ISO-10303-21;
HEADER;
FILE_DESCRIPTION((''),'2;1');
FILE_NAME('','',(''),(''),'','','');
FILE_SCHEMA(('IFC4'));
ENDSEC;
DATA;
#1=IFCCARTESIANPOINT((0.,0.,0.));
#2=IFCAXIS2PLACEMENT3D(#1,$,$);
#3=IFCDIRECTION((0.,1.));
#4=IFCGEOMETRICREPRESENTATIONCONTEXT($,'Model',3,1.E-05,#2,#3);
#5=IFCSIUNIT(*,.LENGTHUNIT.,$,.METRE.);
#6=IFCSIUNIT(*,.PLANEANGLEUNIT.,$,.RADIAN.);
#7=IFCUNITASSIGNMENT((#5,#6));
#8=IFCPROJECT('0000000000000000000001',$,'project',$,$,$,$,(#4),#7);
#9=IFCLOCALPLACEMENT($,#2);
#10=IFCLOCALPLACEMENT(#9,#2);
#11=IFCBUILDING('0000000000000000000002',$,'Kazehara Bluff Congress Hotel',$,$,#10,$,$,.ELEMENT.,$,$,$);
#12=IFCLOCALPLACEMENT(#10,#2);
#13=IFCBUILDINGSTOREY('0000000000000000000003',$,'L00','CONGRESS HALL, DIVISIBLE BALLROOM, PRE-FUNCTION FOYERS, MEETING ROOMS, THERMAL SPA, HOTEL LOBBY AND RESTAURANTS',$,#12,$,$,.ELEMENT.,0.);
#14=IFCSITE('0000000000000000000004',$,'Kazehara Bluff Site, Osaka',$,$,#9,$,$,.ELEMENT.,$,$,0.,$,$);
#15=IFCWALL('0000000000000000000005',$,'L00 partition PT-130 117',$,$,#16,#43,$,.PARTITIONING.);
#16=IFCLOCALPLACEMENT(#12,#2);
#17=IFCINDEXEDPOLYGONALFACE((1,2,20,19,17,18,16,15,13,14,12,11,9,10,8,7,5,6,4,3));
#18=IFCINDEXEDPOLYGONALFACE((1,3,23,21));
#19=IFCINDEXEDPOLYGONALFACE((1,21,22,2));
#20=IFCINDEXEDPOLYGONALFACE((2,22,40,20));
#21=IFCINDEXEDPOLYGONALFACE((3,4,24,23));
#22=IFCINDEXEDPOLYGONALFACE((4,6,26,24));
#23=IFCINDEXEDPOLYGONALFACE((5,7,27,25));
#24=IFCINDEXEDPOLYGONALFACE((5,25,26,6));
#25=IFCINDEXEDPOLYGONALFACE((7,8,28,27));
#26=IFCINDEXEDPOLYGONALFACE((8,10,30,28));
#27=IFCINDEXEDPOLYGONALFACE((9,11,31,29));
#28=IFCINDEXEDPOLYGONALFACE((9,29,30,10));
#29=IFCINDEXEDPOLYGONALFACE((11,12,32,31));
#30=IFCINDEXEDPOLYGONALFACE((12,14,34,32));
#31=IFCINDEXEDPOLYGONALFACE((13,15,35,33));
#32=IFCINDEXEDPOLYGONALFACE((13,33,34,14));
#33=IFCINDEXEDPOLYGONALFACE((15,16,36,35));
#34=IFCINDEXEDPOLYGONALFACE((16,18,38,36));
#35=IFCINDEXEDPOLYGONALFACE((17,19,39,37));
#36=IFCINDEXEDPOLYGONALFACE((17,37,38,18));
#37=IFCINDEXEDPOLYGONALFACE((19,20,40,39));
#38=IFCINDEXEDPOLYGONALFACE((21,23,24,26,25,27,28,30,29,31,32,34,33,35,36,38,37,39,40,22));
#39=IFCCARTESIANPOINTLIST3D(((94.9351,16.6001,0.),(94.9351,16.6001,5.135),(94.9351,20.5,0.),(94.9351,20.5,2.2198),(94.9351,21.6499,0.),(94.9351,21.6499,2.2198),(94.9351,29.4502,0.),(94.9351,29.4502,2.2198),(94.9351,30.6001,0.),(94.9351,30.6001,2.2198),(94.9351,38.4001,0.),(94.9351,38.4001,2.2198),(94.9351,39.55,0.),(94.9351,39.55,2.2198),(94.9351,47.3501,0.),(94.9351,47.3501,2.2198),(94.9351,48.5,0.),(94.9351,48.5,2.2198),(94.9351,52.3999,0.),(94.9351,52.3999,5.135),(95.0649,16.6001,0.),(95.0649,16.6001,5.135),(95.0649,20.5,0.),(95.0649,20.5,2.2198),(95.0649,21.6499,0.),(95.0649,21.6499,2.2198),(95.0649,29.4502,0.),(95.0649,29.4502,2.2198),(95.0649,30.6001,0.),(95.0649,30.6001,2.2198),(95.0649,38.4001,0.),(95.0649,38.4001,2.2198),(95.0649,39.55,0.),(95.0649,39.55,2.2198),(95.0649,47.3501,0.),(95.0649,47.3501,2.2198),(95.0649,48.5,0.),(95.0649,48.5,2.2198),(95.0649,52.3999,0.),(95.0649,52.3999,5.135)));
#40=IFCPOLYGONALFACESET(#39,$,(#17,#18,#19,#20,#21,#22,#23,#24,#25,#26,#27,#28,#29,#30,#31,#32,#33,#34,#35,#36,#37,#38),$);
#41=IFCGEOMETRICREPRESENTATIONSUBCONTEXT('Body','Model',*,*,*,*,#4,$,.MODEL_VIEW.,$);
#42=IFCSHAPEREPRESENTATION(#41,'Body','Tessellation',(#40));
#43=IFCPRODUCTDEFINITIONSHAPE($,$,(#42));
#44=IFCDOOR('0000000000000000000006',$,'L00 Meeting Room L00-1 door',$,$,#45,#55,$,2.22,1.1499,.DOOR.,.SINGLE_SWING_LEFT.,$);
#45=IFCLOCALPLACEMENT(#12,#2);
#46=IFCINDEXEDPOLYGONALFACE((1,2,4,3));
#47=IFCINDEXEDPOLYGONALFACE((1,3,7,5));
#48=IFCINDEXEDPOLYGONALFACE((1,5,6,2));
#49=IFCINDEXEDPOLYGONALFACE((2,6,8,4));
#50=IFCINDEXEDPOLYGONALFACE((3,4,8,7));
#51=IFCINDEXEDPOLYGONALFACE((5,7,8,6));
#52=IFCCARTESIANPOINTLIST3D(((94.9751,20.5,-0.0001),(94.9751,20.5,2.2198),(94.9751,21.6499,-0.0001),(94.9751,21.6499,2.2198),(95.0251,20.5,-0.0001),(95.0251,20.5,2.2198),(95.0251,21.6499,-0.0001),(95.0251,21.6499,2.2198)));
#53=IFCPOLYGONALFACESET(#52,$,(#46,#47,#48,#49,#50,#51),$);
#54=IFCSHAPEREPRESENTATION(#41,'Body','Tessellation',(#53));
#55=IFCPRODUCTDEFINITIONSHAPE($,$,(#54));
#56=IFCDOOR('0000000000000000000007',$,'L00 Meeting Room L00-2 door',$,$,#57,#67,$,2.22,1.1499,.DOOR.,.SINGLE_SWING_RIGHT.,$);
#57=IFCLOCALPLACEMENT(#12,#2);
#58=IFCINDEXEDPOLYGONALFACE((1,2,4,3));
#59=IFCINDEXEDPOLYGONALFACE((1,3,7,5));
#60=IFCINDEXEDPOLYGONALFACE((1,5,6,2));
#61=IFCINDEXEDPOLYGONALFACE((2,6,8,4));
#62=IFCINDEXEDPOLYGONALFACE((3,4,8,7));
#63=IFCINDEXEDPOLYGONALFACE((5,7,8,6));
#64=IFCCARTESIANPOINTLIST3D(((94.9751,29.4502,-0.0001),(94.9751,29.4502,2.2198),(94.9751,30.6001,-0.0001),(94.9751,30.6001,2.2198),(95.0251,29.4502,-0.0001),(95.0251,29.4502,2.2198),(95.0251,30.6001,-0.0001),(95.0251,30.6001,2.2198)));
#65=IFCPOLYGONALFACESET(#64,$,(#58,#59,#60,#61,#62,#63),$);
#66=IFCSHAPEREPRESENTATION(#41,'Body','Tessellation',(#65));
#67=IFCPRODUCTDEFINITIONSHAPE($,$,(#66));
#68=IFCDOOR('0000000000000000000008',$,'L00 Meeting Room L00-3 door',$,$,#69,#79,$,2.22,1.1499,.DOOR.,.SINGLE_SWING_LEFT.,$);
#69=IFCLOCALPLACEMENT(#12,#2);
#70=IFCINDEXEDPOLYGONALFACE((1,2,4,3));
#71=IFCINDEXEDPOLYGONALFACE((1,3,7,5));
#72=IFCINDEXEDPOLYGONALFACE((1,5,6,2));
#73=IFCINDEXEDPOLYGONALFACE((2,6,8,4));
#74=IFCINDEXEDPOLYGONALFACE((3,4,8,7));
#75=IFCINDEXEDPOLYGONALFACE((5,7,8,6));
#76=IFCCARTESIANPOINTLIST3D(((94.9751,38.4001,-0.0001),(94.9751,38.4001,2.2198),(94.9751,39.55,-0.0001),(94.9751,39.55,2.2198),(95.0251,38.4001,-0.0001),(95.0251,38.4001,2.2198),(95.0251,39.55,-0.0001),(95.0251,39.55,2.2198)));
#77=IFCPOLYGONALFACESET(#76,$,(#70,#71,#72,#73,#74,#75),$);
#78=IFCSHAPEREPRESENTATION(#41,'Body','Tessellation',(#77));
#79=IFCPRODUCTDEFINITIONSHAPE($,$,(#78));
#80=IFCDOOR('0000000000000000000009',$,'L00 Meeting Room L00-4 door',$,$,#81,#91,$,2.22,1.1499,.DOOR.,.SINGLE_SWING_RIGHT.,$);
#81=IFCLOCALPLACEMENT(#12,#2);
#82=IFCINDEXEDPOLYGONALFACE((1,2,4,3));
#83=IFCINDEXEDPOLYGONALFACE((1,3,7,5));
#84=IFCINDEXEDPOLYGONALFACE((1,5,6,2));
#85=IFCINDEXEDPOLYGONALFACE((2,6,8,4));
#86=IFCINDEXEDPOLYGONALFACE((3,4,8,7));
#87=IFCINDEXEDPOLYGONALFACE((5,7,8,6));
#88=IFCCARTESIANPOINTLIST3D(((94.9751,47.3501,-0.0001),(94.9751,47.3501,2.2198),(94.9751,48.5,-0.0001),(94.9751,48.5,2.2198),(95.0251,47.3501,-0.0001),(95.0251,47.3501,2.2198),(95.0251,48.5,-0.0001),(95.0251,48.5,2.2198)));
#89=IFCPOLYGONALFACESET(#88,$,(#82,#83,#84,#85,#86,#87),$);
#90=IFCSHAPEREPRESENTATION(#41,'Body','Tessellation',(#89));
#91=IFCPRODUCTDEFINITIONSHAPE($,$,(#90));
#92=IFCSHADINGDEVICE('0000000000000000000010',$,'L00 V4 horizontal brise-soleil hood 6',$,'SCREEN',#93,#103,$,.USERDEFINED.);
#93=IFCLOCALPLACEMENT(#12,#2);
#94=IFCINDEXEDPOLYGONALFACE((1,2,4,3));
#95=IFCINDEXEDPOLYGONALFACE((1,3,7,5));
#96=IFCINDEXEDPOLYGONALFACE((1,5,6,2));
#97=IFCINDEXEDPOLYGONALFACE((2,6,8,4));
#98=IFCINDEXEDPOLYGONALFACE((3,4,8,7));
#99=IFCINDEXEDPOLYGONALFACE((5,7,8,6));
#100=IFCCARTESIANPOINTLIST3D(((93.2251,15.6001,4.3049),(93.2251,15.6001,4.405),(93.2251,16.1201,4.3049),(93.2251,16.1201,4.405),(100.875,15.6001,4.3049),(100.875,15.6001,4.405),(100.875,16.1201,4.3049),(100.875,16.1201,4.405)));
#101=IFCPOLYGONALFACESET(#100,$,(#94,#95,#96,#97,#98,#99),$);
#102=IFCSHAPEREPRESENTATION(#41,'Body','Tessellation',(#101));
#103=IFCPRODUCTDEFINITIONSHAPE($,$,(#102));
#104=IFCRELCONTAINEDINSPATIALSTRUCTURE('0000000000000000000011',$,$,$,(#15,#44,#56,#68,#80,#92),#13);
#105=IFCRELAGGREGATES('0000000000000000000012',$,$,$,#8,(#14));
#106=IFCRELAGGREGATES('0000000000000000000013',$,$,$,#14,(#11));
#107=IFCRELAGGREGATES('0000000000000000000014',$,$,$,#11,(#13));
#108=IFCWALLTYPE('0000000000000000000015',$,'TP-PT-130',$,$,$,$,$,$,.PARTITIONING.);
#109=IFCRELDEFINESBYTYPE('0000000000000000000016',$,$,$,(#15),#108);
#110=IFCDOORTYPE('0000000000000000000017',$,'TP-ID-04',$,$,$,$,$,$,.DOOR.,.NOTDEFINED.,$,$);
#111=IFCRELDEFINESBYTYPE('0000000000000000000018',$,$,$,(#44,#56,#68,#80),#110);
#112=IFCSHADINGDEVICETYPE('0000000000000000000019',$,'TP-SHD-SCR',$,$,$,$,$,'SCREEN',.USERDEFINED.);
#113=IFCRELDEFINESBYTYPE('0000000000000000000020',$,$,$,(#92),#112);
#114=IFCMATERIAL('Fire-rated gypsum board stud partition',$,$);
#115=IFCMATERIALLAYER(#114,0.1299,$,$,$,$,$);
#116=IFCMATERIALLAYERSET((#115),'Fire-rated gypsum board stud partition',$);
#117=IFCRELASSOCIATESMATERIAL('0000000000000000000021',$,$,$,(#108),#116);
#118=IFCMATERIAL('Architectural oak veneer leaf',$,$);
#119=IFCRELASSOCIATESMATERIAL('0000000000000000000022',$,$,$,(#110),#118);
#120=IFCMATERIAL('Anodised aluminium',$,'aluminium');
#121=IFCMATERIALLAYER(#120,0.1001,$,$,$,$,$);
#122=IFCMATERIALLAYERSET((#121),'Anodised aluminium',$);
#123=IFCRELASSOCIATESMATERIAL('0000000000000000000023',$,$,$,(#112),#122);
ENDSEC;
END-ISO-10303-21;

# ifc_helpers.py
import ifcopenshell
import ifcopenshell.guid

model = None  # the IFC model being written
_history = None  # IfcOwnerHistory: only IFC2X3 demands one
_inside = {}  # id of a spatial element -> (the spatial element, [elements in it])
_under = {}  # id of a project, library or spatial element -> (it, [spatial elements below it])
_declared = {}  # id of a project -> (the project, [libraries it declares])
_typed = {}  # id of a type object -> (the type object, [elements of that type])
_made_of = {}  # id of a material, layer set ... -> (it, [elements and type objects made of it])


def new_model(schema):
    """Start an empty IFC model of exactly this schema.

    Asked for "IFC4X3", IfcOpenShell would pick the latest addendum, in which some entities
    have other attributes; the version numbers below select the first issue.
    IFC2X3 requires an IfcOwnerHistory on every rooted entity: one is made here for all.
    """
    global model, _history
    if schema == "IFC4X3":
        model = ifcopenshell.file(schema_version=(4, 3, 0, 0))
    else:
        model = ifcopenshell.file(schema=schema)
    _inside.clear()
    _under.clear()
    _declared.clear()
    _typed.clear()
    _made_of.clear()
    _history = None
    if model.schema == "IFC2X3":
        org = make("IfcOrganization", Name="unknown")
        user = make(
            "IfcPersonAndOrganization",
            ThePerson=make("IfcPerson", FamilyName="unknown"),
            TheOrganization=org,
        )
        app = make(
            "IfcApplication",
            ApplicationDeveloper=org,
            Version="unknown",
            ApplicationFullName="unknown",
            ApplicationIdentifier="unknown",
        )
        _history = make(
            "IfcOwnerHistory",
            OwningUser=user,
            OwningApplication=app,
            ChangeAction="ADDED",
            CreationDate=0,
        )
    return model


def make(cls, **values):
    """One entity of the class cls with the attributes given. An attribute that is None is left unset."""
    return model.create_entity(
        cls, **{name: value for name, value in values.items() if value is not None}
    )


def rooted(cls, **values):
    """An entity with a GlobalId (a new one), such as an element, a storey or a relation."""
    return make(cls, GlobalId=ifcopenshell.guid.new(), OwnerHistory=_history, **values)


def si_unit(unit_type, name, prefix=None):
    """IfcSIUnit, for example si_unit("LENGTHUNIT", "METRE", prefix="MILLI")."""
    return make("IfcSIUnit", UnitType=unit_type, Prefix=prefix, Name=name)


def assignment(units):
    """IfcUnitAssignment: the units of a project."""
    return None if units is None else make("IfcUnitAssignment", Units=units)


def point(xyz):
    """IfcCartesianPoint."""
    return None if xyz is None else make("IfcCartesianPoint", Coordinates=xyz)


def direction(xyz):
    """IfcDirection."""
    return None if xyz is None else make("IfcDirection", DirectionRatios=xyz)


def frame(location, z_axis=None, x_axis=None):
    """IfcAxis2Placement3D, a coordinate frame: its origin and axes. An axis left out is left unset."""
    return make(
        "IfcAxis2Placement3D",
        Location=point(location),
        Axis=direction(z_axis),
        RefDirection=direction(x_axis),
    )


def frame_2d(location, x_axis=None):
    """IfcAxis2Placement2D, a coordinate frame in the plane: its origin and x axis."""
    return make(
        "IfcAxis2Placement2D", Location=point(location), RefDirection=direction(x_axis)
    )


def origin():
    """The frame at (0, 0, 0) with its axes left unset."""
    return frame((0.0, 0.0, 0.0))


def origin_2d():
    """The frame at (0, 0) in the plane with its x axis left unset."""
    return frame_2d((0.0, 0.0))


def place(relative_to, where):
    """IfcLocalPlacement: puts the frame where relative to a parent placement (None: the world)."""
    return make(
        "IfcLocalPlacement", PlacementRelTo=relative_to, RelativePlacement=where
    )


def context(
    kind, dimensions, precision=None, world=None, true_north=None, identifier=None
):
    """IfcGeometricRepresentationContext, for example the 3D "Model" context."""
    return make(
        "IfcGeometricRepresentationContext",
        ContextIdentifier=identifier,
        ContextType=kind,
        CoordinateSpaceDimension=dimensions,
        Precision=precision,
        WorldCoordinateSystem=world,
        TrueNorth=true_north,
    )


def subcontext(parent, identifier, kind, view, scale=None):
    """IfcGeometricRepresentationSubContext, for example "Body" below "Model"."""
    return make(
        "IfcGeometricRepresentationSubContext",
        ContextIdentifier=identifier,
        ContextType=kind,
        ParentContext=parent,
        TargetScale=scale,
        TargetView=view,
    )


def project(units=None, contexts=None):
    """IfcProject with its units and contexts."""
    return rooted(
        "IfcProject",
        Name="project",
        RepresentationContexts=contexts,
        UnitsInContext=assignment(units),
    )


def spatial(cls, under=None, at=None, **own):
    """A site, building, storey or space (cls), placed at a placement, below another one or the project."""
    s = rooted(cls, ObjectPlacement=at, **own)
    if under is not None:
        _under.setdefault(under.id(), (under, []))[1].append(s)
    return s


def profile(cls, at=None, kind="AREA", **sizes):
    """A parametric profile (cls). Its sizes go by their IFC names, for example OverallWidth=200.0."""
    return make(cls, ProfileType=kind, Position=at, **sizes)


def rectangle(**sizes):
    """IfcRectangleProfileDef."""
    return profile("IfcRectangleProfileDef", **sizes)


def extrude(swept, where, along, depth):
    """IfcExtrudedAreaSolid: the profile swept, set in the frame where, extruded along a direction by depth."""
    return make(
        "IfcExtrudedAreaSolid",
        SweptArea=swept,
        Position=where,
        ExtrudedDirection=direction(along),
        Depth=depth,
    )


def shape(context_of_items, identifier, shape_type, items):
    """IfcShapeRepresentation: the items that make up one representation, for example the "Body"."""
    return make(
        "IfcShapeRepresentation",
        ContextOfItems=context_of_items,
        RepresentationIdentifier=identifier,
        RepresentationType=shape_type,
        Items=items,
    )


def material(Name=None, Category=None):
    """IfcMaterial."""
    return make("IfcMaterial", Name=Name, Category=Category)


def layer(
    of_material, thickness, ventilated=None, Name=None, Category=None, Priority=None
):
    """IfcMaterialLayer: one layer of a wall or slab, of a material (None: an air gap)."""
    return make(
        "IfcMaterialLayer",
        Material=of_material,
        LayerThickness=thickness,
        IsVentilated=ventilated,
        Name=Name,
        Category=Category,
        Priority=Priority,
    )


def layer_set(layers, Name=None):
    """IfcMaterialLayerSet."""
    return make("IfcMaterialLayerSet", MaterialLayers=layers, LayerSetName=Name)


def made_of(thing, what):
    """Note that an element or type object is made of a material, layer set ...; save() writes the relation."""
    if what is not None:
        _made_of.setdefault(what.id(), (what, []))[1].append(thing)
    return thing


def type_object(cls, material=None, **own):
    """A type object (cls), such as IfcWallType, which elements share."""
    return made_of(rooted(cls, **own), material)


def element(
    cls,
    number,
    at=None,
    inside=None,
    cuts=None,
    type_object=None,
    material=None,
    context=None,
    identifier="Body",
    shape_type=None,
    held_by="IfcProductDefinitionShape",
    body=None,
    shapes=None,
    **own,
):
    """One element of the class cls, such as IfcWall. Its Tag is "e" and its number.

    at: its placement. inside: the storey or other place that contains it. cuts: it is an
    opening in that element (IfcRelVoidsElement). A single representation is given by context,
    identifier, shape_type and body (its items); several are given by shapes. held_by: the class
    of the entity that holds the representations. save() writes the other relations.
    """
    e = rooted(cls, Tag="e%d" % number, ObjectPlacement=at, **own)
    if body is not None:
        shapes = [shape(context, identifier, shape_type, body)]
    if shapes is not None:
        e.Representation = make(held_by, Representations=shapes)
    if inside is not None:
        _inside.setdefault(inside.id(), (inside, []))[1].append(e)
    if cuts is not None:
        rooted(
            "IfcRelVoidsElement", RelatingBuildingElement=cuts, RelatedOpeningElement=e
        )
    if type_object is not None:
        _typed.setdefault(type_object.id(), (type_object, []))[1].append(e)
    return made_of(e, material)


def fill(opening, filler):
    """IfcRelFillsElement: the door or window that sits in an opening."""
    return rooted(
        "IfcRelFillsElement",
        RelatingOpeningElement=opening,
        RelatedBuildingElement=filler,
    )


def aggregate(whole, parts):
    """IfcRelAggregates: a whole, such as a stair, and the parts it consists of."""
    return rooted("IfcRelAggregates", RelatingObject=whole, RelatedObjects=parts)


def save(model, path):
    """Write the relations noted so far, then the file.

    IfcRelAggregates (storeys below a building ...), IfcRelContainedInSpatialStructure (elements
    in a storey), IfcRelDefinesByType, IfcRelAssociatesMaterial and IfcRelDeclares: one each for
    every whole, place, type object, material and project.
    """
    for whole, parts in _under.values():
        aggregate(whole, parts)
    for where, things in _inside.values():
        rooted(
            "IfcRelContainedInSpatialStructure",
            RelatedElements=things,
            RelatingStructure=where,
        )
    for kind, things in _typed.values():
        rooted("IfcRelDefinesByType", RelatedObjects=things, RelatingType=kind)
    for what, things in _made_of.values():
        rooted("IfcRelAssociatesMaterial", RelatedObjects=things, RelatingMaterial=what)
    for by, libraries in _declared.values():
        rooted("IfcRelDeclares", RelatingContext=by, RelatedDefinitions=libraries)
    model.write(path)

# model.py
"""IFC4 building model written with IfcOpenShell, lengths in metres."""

from ifc_helpers import new_model, si_unit, direction, frame, frame_2d, origin, origin_2d, place, context, subcontext, project, spatial, rectangle, extrude, material, layer, layer_set, type_object, element, fill, save


model = new_model("IFC4")

# Units and contexts
model_context = context("Model", 3, precision=1e-05, world=origin(), true_north=direction((0.0, 1.0)))
body_context = subcontext(model_context, "Body", "Model", "MODEL_VIEW")
ifc_project = project(units=[si_unit("LENGTHUNIT", "METRE"), si_unit("PLANEANGLEUNIT", "RADIAN")], contexts=[model_context])

# Site, building, storey
site_placement = place(None, origin())
site = spatial("IfcSite", under=ifc_project, at=site_placement, Name="Kazehara Bluff Site, Osaka", CompositionType="ELEMENT", RefElevation=0.0)
building_placement = place(site_placement, origin())
building = spatial("IfcBuilding", under=site, at=building_placement, Name="Kazehara Bluff Congress Hotel", CompositionType="ELEMENT")
storey_placement = place(building_placement, origin())
storey = spatial("IfcBuildingStorey", under=building, at=storey_placement, Name="L00", Description="CONGRESS HALL, DIVISIBLE BALLROOM, PRE-FUNCTION FOYERS, MEETING ROOMS, THERMAL SPA, HOTEL LOBBY AND RESTAURANTS", CompositionType="ELEMENT", Elevation=0.0)

# Shared definitions
ifc_material_1 = material(Name="Fire-rated gypsum board stud partition")
ifc_layer_1 = layer(ifc_material_1, 0.1299)
ifc_layer_set_1 = layer_set([ifc_layer_1], Name="Fire-rated gypsum board stud partition")
wall_type_1 = type_object("IfcWallType", Name="TP-PT-130", PredefinedType="PARTITIONING", material=ifc_layer_set_1)

# Wall, openings, doors
wall_1_placement = place(storey_placement, frame((95.0, 16.6001, 0.0), z_axis=(0.0, 0.0, 1.0), x_axis=(0.0, 1.0, 0.0)))
wall_1 = element("IfcWall", 1, at=wall_1_placement, inside=storey, type_object=wall_type_1, Name="L00 partition PT-130 117", PredefinedType="PARTITIONING", context=body_context, shape_type="SweptSolid", body=[
    extrude(rectangle(XDim=35.7998, YDim=0.1299, at=frame_2d((17.8999, 0.0))), origin(), (0.0, 0.0, 1.0), 5.135),
])
opening_1_placement = place(wall_1_placement, frame((3.8999, 0.0, 0.0)))
opening_1 = element("IfcOpeningElement", 2, at=opening_1_placement, cuts=wall_1, PredefinedType="OPENING", context=body_context, shape_type="SweptSolid", body=[
    extrude(rectangle(XDim=1.1499, YDim=2.22, at=frame_2d((0.575, 1.1099))), frame((0.0, 0.075, 0.0), z_axis=(0.0, -1.0, 0.0), x_axis=(1.0, 0.0, 0.0)), (0.0, 0.0, 1.0), 0.1499),
])
opening_2_placement = place(wall_1_placement, frame((12.8501, 0.0, 0.0)))
opening_2 = element("IfcOpeningElement", 3, at=opening_2_placement, cuts=wall_1, PredefinedType="OPENING", context=body_context, shape_type="SweptSolid", body=[
    extrude(rectangle(XDim=1.1499, YDim=2.22, at=frame_2d((0.575, 1.1099))), frame((0.0, 0.075, 0.0), z_axis=(0.0, -1.0, 0.0), x_axis=(1.0, 0.0, 0.0)), (0.0, 0.0, 1.0), 0.1499),
])
opening_3_placement = place(wall_1_placement, frame((21.8, 0.0, 0.0)))
opening_3 = element("IfcOpeningElement", 4, at=opening_3_placement, cuts=wall_1, PredefinedType="OPENING", context=body_context, shape_type="SweptSolid", body=[
    extrude(rectangle(XDim=1.1499, YDim=2.22, at=frame_2d((0.575, 1.1099))), frame((0.0, 0.075, 0.0), z_axis=(0.0, -1.0, 0.0), x_axis=(1.0, 0.0, 0.0)), (0.0, 0.0, 1.0), 0.1499),
])
opening_4_placement = place(wall_1_placement, frame((30.75, 0.0, 0.0)))
opening_4 = element("IfcOpeningElement", 5, at=opening_4_placement, cuts=wall_1, PredefinedType="OPENING", context=body_context, shape_type="SweptSolid", body=[
    extrude(rectangle(XDim=1.1499, YDim=2.22, at=frame_2d((0.575, 1.1099))), frame((0.0, 0.075, 0.0), z_axis=(0.0, -1.0, 0.0), x_axis=(1.0, 0.0, 0.0)), (0.0, 0.0, 1.0), 0.1499),
])
ifc_material_2 = material(Name="Architectural oak veneer leaf")
door_type_1 = type_object("IfcDoorType", Name="TP-ID-04", OperationType="NOTDEFINED", PredefinedType="DOOR", material=ifc_material_2)
door_1_placement = place(opening_1_placement, origin())
door_1 = element("IfcDoor", 6, at=door_1_placement, inside=storey, type_object=door_type_1, Name="L00 Meeting Room L00-1 door", OperationType="SINGLE_SWING_LEFT", OverallHeight=2.22, OverallWidth=1.1499, PredefinedType="DOOR", context=body_context, shape_type="SweptSolid", body=[
    extrude(rectangle(XDim=1.1499, YDim=2.22, at=frame_2d((0.575, 1.1099))), frame((0.0, 0.0249, 0.0), z_axis=(0.0, -1.0, 0.0), x_axis=(1.0, 0.0, 0.0)), (0.0, 0.0, 1.0), 0.05),
])
fill(opening_1, door_1)
door_2_placement = place(opening_2_placement, origin())
door_2 = element("IfcDoor", 7, at=door_2_placement, inside=storey, type_object=door_type_1, Name="L00 Meeting Room L00-2 door", OperationType="SINGLE_SWING_RIGHT", OverallHeight=2.22, OverallWidth=1.1499, PredefinedType="DOOR", context=body_context, shape_type="SweptSolid", body=[
    extrude(rectangle(XDim=1.1499, YDim=2.22, at=frame_2d((0.575, 1.1099))), frame((0.0, 0.0249, 0.0), z_axis=(0.0, -1.0, 0.0), x_axis=(1.0, 0.0, 0.0)), (0.0, 0.0, 1.0), 0.05),
])
fill(opening_2, door_2)
door_3_placement = place(opening_3_placement, origin())
door_3 = element("IfcDoor", 8, at=door_3_placement, inside=storey, type_object=door_type_1, Name="L00 Meeting Room L00-3 door", OperationType="SINGLE_SWING_LEFT", OverallHeight=2.22, OverallWidth=1.1499, PredefinedType="DOOR", context=body_context, shape_type="SweptSolid", body=[
    extrude(rectangle(XDim=1.1499, YDim=2.22, at=frame_2d((0.575, 1.1099))), frame((0.0, 0.0249, 0.0), z_axis=(0.0, -1.0, 0.0), x_axis=(1.0, 0.0, 0.0)), (0.0, 0.0, 1.0), 0.05),
])
fill(opening_3, door_3)
door_4_placement = place(opening_4_placement, origin())
door_4 = element("IfcDoor", 9, at=door_4_placement, inside=storey, type_object=door_type_1, Name="L00 Meeting Room L00-4 door", OperationType="SINGLE_SWING_RIGHT", OverallHeight=2.22, OverallWidth=1.1499, PredefinedType="DOOR", context=body_context, shape_type="SweptSolid", body=[
    extrude(rectangle(XDim=1.1499, YDim=2.22, at=frame_2d((0.575, 1.1099))), frame((0.0, 0.0249, 0.0), z_axis=(0.0, -1.0, 0.0), x_axis=(1.0, 0.0, 0.0)), (0.0, 0.0, 1.0), 0.05),
])
fill(opening_4, door_4)

# Shading device
ifc_material_3 = material(Name="Anodised aluminium", Category="aluminium")
ifc_layer_2 = layer(ifc_material_3, 0.1001)
ifc_layer_set_2 = layer_set([ifc_layer_2], Name="Anodised aluminium")
shading_device_type = type_object("IfcShadingDeviceType", Name="TP-SHD-SCR", ElementType="SCREEN", PredefinedType="USERDEFINED", material=ifc_layer_set_2)
shading_device_placement = place(storey_placement, frame((97.05, 15.8601, 4.3049), z_axis=(0.0, 0.0, 1.0), x_axis=(1.0, 0.0, 0.0)))
element("IfcShadingDevice", 10, at=shading_device_placement, inside=storey, type_object=shading_device_type, Name="L00 V4 horizontal brise-soleil hood 6", ObjectType="SCREEN", PredefinedType="USERDEFINED", context=body_context, shape_type="SweptSolid", body=[
    extrude(rectangle(XDim=7.6499, YDim=0.52, at=origin_2d()), origin(), (0.0, 0.0, 1.0), 0.1001),
])

save(model, "model.ifc")
